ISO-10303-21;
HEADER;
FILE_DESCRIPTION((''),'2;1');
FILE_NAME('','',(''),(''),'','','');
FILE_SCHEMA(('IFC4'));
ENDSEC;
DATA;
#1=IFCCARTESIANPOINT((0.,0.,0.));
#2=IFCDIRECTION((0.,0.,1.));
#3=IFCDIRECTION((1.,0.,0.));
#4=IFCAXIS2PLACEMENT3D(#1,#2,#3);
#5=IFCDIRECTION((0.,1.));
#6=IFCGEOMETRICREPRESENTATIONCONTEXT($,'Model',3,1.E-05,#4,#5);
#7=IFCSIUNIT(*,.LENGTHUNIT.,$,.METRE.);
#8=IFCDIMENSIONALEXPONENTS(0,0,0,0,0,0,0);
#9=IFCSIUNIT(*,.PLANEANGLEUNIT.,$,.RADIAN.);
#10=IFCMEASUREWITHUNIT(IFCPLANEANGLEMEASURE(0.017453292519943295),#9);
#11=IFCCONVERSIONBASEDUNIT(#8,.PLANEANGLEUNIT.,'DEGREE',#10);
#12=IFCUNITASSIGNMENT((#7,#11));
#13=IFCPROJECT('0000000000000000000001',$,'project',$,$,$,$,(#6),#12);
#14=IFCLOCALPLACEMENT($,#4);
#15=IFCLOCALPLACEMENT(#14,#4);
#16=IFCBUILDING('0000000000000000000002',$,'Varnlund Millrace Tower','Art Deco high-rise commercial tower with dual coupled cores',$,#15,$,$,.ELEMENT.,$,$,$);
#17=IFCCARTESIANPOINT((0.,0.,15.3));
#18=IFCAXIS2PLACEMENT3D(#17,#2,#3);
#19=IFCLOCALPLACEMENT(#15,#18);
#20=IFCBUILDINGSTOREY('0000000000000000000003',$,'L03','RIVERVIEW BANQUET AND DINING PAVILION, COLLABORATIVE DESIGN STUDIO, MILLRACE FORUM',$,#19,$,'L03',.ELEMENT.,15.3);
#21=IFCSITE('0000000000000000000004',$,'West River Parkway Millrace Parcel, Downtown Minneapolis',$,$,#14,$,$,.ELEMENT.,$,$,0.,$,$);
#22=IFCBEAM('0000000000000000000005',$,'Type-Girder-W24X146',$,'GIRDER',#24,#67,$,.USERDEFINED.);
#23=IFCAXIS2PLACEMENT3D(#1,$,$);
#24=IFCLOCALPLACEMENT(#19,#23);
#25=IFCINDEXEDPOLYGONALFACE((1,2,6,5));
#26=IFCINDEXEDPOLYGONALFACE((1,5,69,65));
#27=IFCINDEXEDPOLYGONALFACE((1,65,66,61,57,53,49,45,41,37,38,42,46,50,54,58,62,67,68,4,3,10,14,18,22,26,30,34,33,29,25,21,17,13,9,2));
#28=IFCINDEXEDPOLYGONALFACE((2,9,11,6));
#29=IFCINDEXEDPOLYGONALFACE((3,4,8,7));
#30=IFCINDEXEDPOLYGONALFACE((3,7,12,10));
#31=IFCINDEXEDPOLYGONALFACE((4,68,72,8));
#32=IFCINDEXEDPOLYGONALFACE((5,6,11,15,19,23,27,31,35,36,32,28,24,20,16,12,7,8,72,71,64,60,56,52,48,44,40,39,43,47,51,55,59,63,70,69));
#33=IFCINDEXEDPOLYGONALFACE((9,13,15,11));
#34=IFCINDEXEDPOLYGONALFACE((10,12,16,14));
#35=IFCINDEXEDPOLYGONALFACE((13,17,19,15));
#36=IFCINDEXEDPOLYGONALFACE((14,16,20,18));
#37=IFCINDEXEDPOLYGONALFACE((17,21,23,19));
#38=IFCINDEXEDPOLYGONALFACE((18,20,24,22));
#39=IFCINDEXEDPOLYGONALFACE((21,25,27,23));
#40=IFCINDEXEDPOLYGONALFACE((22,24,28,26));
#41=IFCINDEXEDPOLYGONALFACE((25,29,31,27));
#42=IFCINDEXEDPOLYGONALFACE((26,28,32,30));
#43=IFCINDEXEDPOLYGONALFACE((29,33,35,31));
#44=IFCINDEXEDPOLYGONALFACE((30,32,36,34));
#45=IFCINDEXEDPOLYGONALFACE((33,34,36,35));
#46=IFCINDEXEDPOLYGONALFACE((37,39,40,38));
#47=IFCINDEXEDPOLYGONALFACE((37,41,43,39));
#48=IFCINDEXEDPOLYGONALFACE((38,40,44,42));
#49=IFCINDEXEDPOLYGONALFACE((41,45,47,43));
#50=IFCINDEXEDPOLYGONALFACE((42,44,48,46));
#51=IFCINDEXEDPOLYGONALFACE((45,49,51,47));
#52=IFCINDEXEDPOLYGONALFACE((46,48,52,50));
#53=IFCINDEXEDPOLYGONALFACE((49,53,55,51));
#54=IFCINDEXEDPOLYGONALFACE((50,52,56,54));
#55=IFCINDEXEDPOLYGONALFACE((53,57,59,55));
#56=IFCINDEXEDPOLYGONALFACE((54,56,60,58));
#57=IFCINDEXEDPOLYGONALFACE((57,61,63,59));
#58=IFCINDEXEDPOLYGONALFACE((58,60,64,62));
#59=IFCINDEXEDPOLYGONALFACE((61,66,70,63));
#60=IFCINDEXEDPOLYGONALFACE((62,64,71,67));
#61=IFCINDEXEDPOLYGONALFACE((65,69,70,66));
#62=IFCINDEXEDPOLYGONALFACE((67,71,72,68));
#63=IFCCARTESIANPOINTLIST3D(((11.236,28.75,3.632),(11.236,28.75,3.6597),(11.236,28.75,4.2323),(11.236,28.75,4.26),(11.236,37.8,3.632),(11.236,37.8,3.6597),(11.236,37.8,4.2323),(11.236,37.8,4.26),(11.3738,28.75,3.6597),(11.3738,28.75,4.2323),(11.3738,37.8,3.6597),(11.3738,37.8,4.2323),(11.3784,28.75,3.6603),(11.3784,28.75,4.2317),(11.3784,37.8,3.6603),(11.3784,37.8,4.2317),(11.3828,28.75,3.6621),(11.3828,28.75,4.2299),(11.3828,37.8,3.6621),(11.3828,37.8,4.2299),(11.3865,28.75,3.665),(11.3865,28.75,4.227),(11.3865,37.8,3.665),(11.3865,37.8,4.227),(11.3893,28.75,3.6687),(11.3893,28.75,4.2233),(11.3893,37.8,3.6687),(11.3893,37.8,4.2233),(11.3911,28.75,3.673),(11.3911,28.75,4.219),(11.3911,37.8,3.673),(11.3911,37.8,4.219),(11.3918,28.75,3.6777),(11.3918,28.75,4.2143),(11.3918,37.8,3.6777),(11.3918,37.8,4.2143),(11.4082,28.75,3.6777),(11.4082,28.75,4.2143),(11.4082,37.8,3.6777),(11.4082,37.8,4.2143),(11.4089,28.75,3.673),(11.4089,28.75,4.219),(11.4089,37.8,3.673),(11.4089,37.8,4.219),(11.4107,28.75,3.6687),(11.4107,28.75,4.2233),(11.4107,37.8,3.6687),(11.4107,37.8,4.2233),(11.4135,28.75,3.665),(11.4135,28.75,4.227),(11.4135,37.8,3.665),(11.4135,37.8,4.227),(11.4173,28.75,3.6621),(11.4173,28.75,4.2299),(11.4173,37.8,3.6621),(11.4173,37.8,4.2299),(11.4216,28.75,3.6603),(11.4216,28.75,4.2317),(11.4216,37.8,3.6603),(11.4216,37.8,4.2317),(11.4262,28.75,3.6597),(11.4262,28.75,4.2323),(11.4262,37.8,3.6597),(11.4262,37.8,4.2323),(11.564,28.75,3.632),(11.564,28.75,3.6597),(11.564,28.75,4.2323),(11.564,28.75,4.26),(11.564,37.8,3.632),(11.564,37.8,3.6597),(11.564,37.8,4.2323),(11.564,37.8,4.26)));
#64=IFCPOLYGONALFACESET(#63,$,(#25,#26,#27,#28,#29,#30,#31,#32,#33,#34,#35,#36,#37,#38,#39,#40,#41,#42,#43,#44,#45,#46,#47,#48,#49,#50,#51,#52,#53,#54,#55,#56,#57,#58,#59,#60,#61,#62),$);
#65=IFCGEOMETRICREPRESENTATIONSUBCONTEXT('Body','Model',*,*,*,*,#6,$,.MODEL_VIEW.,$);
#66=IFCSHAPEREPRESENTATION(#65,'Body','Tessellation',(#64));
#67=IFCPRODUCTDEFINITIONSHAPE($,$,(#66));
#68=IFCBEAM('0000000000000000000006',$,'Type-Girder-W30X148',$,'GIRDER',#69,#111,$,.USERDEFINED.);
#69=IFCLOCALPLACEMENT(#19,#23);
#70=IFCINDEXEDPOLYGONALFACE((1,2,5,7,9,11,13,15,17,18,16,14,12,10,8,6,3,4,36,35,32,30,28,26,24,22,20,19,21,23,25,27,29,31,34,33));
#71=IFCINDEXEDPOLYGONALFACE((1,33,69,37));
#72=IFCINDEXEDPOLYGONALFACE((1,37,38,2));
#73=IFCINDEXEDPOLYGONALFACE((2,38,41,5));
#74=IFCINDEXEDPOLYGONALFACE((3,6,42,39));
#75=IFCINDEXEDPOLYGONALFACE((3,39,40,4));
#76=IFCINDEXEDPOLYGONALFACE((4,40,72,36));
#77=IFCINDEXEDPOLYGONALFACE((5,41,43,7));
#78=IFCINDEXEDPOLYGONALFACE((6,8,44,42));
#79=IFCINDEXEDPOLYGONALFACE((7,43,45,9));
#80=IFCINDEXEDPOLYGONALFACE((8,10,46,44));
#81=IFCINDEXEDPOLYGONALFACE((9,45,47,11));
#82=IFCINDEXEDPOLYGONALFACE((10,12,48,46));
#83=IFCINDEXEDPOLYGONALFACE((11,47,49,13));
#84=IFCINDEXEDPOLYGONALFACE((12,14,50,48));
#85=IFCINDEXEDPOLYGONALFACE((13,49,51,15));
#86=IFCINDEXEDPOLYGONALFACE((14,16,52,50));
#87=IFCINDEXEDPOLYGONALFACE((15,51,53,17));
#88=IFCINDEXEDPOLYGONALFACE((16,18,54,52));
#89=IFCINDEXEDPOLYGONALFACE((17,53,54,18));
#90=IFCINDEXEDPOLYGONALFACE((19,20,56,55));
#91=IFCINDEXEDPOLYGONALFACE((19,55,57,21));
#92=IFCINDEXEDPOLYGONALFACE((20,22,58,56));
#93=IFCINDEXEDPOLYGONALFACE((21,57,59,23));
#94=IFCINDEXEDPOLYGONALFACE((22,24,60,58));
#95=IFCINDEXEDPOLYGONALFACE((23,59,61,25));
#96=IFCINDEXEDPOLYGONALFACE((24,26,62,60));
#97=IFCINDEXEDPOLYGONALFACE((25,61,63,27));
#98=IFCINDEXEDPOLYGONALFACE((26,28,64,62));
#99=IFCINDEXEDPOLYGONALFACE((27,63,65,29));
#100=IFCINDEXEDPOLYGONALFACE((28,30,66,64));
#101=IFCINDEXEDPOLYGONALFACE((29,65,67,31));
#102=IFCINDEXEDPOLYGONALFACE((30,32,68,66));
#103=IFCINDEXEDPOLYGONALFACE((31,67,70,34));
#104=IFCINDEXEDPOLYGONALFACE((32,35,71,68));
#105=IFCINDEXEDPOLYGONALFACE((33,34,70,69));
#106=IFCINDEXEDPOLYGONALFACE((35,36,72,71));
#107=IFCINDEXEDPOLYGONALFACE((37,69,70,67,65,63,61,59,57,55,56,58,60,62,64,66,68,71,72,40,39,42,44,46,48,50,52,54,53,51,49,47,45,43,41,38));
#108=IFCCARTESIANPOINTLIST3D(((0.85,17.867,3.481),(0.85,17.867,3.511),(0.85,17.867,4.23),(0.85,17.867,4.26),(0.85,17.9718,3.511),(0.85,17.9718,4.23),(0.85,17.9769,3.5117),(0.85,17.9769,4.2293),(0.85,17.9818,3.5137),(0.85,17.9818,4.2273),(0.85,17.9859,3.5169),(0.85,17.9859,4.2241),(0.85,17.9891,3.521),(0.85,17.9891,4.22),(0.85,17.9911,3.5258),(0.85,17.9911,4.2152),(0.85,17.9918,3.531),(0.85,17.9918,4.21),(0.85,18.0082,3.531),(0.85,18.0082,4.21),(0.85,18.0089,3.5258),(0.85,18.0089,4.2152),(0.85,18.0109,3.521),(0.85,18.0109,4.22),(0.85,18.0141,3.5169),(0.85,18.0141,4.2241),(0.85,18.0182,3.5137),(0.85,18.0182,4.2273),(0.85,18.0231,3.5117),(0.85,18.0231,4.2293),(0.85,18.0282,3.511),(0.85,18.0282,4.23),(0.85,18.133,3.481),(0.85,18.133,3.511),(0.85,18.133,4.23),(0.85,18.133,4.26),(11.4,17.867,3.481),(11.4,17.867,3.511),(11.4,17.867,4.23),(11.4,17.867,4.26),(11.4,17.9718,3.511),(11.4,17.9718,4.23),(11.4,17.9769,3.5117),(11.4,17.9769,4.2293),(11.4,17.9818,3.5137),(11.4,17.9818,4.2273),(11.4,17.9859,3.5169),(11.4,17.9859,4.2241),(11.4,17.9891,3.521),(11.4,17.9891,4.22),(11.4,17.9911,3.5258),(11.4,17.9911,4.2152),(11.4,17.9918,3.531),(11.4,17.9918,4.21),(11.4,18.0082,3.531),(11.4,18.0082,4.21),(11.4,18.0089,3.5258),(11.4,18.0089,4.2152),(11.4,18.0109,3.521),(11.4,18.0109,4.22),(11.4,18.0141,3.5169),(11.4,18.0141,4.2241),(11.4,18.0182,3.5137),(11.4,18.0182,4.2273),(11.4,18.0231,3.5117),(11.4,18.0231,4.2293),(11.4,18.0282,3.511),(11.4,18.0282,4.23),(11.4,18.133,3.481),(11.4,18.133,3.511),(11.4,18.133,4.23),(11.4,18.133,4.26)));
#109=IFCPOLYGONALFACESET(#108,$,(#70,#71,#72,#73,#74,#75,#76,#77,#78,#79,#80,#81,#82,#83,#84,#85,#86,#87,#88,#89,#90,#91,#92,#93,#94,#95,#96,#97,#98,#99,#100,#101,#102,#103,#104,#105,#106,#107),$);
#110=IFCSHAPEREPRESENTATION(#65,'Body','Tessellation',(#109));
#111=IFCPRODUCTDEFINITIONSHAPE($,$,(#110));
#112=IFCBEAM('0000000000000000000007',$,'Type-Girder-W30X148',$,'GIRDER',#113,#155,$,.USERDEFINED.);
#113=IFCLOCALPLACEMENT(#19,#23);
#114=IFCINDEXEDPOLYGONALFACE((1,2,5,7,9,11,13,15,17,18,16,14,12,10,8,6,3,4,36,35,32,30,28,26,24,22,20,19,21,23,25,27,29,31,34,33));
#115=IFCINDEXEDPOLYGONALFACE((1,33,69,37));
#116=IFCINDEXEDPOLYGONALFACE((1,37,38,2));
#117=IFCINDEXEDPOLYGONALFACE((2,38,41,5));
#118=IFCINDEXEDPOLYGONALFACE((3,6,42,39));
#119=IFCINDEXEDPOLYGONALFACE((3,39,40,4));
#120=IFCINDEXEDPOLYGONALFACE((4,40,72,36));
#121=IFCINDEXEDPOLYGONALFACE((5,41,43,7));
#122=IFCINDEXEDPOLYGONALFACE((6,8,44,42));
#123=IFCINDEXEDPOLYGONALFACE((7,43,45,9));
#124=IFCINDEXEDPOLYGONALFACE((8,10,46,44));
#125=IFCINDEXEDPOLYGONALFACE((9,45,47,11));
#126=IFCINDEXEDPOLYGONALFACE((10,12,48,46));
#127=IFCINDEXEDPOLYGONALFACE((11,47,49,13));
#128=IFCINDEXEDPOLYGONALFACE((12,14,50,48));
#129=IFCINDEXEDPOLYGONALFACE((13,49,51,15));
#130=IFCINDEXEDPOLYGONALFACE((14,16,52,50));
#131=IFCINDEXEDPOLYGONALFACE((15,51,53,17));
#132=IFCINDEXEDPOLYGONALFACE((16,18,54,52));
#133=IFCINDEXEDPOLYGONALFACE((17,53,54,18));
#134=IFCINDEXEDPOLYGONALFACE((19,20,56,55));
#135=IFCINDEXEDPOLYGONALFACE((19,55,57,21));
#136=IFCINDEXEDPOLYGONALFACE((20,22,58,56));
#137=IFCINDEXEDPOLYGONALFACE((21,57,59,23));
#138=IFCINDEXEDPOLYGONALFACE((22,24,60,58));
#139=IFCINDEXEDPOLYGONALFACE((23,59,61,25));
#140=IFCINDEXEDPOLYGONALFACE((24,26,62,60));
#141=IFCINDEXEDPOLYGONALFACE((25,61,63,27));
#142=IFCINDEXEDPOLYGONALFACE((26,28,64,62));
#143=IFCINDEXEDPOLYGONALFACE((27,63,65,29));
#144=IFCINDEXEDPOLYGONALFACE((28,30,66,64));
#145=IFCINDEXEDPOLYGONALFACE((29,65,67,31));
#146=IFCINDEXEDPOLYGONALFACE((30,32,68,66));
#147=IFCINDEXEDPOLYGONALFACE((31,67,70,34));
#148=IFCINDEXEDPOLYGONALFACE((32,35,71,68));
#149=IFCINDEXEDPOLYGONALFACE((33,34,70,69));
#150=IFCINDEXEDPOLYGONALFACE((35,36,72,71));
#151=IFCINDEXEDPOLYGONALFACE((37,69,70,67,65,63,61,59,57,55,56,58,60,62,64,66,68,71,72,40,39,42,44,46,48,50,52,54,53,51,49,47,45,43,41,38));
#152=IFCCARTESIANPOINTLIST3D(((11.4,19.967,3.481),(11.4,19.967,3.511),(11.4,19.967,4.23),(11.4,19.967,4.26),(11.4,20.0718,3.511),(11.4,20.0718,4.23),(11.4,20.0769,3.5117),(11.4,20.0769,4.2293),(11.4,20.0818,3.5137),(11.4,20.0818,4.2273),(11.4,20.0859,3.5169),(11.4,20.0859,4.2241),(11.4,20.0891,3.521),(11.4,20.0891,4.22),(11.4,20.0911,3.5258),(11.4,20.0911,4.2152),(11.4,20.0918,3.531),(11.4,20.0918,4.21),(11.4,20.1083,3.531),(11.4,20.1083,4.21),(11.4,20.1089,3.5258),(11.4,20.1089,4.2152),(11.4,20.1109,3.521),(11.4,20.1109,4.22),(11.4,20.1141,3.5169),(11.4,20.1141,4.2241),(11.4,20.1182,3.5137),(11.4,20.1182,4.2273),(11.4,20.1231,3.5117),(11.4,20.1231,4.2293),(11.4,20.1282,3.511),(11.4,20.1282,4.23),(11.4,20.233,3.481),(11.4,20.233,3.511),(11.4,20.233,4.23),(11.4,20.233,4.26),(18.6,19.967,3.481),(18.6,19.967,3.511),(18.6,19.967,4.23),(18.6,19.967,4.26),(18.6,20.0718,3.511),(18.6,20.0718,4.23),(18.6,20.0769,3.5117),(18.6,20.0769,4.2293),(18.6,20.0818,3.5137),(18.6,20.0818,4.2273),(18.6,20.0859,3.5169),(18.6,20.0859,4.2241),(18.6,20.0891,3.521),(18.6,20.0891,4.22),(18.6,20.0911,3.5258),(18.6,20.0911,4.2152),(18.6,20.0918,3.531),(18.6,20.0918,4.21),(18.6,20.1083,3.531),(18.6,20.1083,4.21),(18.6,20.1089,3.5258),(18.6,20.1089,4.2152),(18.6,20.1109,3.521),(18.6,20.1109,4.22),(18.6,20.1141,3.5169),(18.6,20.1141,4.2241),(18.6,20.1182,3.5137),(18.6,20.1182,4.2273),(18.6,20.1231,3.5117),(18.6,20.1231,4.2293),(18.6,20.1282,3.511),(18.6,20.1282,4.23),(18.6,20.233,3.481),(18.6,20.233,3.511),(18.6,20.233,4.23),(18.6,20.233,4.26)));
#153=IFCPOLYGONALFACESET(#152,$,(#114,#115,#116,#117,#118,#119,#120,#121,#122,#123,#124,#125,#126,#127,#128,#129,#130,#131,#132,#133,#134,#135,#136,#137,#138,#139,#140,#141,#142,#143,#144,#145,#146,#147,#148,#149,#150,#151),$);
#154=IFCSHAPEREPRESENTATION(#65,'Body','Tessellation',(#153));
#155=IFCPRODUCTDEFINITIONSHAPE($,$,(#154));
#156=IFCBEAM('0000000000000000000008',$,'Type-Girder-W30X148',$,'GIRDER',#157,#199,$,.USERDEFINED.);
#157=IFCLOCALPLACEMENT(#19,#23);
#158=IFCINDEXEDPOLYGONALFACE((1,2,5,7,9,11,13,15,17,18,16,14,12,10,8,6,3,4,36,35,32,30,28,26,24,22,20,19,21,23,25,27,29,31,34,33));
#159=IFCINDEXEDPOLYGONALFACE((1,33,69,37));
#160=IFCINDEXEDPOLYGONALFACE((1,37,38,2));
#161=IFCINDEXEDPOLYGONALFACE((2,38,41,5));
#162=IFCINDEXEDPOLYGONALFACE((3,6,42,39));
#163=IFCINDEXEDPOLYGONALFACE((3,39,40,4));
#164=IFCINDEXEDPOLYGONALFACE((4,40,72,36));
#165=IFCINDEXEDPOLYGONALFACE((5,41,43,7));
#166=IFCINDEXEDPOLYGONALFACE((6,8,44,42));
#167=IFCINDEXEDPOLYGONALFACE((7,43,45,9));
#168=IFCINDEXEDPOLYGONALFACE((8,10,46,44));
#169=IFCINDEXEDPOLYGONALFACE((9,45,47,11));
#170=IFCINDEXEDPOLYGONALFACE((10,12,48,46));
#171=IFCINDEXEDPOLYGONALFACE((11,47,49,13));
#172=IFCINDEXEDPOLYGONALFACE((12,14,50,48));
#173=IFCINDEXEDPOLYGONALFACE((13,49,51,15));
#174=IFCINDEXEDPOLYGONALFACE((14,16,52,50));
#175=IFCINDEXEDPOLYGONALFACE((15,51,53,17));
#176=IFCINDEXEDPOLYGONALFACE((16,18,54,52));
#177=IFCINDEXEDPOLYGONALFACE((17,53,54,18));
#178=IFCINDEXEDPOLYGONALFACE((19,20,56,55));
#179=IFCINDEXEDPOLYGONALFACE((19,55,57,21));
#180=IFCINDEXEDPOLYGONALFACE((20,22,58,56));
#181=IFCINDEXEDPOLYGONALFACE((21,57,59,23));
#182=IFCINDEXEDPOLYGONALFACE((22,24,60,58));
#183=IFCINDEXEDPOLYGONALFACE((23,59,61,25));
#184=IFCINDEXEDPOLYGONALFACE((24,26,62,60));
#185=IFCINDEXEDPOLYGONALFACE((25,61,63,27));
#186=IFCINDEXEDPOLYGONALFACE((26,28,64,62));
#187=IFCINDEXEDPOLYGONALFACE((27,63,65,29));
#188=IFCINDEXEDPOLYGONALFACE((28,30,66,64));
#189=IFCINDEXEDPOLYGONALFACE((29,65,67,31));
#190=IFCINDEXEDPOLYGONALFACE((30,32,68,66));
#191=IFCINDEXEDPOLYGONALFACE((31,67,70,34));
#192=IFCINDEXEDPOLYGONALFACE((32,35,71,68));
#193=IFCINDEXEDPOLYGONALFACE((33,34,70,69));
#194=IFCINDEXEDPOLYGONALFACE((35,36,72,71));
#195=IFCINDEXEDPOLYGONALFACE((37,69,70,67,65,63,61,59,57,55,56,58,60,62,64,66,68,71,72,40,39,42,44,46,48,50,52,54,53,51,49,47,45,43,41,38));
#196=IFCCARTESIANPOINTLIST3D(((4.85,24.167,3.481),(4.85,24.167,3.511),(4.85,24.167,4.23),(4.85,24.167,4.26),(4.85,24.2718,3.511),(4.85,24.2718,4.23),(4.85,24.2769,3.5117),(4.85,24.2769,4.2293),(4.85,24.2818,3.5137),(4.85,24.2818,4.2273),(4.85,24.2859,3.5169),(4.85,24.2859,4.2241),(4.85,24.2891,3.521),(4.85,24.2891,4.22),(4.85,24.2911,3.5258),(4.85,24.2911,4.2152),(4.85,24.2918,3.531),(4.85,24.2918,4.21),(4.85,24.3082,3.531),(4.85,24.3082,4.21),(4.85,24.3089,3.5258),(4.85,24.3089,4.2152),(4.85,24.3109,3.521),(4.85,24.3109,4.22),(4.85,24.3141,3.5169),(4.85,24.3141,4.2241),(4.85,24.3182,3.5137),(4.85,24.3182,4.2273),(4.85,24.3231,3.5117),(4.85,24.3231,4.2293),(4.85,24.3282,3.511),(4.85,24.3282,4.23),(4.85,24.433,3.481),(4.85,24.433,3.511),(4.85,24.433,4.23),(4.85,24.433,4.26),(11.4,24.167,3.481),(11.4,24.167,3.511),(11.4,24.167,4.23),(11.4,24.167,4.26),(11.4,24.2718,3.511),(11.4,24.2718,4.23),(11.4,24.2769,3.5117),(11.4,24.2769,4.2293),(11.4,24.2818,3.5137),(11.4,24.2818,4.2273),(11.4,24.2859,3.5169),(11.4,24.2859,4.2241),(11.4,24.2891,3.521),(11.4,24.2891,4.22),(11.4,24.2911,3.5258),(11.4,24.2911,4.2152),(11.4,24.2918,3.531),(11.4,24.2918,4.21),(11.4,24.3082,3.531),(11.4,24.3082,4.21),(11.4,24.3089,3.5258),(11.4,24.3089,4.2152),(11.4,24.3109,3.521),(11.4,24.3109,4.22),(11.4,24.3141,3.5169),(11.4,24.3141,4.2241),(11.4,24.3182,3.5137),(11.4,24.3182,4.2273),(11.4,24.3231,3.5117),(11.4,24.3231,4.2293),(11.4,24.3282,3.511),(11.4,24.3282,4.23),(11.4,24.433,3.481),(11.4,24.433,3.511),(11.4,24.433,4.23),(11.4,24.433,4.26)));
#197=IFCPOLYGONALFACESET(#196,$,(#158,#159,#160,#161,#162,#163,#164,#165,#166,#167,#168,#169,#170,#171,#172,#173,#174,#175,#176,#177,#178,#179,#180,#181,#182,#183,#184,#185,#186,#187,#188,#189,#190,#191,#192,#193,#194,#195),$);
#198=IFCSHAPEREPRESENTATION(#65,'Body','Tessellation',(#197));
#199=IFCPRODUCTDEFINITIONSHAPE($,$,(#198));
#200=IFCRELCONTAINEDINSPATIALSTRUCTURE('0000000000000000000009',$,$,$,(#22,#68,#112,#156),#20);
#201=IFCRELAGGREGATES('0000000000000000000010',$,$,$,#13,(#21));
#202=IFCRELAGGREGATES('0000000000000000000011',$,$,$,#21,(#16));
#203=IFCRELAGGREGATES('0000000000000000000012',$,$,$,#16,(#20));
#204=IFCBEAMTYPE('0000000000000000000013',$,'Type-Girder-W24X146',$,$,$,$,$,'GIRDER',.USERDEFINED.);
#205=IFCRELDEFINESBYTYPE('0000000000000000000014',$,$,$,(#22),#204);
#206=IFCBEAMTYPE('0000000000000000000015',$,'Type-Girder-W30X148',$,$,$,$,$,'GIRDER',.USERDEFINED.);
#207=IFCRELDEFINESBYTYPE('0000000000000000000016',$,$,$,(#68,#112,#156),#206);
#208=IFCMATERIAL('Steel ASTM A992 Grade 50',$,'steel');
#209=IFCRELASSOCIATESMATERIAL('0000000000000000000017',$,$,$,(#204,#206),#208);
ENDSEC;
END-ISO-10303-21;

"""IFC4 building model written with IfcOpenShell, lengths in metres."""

from ifc_helpers import new_model, entity, si_unit, converted_unit, direction, frame, origin_with_axes, origin_2d_with_axis, place, context, subcontext, project, spatial, i_section, extrude, material, material_profile, profile_set, type_object, element, save


model = new_model("IFC4")

# Units and contexts
model_context = context("Model", 3, precision=1e-05, world=origin_with_axes(), true_north=direction((0.0, 1.0)))
body_context = subcontext(model_context, "Body", "Model", "MODEL_VIEW")
ifc_project = project(units=[si_unit("LENGTHUNIT", "METRE"), converted_unit("PLANEANGLEUNIT", "DEGREE", entity("IfcPlaneAngleMeasure", 0.017453292519943295), si_unit("PLANEANGLEUNIT", "RADIAN"), dimensions=[0, 0, 0, 0, 0, 0, 0])], contexts=[model_context])

# Site, building, storey
site_placement = place(None, origin_with_axes())
site = spatial("IfcSite", under=ifc_project, at=site_placement, Name="West River Parkway Millrace Parcel, Downtown Minneapolis", CompositionType="ELEMENT", RefElevation=0.0)
building_placement = place(site_placement, origin_with_axes())
building = spatial("IfcBuilding", under=site, at=building_placement, Name="Varnlund Millrace Tower", Description="Art Deco high-rise commercial tower with dual coupled cores", CompositionType="ELEMENT")
storey_placement = place(building_placement, frame((0.0, 0.0, 15.3), z_axis=(0.0, 0.0, 1.0), x_axis=(1.0, 0.0, 0.0)))
storey = spatial("IfcBuildingStorey", under=building, at=storey_placement, Name="L03", Description="RIVERVIEW BANQUET AND DINING PAVILION, COLLABORATIVE DESIGN STUDIO, MILLRACE FORUM", LongName="L03", CompositionType="ELEMENT", Elevation=15.3)

# Beams
ifc_material_1 = material(Name="Steel ASTM A992 Grade 50", Category="steel")
ifc_material_profile_1 = material_profile(ifc_material_1, i_section(OverallWidth=0.328, OverallDepth=0.628, WebThickness=0.0165, FlangeThickness=0.0277, FilletRadius=0.018, at=origin_2d_with_axis()), Name="Steel ASTM A992 Grade 50")
ifc_profile_set_1 = profile_set([ifc_material_profile_1], Name="Steel ASTM A992 Grade 50")
beam_type_1 = type_object("IfcBeamType", Name="Type-Girder-W24X146", ElementType="GIRDER", PredefinedType="USERDEFINED", material=ifc_profile_set_1)
beam_1_placement = place(storey_placement, frame((11.4, 28.75, 3.946), z_axis=(0.0, 1.0, 0.0), x_axis=(-1.0, 0.0, 0.0)))
element("IfcBeam", 1, at=beam_1_placement, inside=storey, type_object=beam_type_1, Name="Type-Girder-W24X146", ObjectType="GIRDER", PredefinedType="USERDEFINED", context=body_context, shape_type="SweptSolid", body=[
    extrude(i_section(OverallWidth=0.328, OverallDepth=0.628, WebThickness=0.0165, FlangeThickness=0.0277, FilletRadius=0.018, at=origin_2d_with_axis()), origin_with_axes(), (0.0, 0.0, 1.0), 9.05),
])
ifc_material_profile_2 = material_profile(ifc_material_1, i_section(OverallWidth=0.266, OverallDepth=0.779, WebThickness=0.0165, FlangeThickness=0.03, FilletRadius=0.02, at=origin_2d_with_axis()), Name="Steel ASTM A992 Grade 50")
ifc_profile_set_2 = profile_set([ifc_material_profile_2], Name="Steel ASTM A992 Grade 50")
beam_type_2 = type_object("IfcBeamType", Name="Type-Girder-W30X148", ElementType="GIRDER", PredefinedType="USERDEFINED", material=ifc_profile_set_2)
beam_2_placement = place(storey_placement, frame((0.85, 18.0, 3.8705), z_axis=(1.0, 0.0, 0.0), x_axis=(0.0, 1.0, 0.0)))
element("IfcBeam", 2, at=beam_2_placement, inside=storey, type_object=beam_type_2, Name="Type-Girder-W30X148", ObjectType="GIRDER", PredefinedType="USERDEFINED", context=body_context, shape_type="SweptSolid", body=[
    extrude(i_section(OverallWidth=0.266, OverallDepth=0.779, WebThickness=0.0165, FlangeThickness=0.03, FilletRadius=0.02, at=origin_2d_with_axis()), origin_with_axes(), (0.0, 0.0, 1.0), 10.55),
])
beam_3_placement = place(storey_placement, frame((11.4, 20.1, 3.8705), z_axis=(1.0, 0.0, 0.0), x_axis=(0.0, 1.0, 0.0)))
element("IfcBeam", 3, at=beam_3_placement, inside=storey, type_object=beam_type_2, Name="Type-Girder-W30X148", ObjectType="GIRDER", PredefinedType="USERDEFINED", context=body_context, shape_type="SweptSolid", body=[
    extrude(i_section(OverallWidth=0.266, OverallDepth=0.779, WebThickness=0.0165, FlangeThickness=0.03, FilletRadius=0.02, at=origin_2d_with_axis()), origin_with_axes(), (0.0, 0.0, 1.0), 7.2),
])
beam_4_placement = place(storey_placement, frame((4.85, 24.3, 3.8705), z_axis=(1.0, 0.0, 0.0), x_axis=(0.0, 1.0, 0.0)))
element("IfcBeam", 4, at=beam_4_placement, inside=storey, type_object=beam_type_2, Name="Type-Girder-W30X148", ObjectType="GIRDER", PredefinedType="USERDEFINED", context=body_context, shape_type="SweptSolid", body=[
    extrude(i_section(OverallWidth=0.266, OverallDepth=0.779, WebThickness=0.0165, FlangeThickness=0.03, FilletRadius=0.02, at=origin_2d_with_axis()), origin_with_axes(), (0.0, 0.0, 1.0), 6.55),
])

save(model, "model.ifc")
